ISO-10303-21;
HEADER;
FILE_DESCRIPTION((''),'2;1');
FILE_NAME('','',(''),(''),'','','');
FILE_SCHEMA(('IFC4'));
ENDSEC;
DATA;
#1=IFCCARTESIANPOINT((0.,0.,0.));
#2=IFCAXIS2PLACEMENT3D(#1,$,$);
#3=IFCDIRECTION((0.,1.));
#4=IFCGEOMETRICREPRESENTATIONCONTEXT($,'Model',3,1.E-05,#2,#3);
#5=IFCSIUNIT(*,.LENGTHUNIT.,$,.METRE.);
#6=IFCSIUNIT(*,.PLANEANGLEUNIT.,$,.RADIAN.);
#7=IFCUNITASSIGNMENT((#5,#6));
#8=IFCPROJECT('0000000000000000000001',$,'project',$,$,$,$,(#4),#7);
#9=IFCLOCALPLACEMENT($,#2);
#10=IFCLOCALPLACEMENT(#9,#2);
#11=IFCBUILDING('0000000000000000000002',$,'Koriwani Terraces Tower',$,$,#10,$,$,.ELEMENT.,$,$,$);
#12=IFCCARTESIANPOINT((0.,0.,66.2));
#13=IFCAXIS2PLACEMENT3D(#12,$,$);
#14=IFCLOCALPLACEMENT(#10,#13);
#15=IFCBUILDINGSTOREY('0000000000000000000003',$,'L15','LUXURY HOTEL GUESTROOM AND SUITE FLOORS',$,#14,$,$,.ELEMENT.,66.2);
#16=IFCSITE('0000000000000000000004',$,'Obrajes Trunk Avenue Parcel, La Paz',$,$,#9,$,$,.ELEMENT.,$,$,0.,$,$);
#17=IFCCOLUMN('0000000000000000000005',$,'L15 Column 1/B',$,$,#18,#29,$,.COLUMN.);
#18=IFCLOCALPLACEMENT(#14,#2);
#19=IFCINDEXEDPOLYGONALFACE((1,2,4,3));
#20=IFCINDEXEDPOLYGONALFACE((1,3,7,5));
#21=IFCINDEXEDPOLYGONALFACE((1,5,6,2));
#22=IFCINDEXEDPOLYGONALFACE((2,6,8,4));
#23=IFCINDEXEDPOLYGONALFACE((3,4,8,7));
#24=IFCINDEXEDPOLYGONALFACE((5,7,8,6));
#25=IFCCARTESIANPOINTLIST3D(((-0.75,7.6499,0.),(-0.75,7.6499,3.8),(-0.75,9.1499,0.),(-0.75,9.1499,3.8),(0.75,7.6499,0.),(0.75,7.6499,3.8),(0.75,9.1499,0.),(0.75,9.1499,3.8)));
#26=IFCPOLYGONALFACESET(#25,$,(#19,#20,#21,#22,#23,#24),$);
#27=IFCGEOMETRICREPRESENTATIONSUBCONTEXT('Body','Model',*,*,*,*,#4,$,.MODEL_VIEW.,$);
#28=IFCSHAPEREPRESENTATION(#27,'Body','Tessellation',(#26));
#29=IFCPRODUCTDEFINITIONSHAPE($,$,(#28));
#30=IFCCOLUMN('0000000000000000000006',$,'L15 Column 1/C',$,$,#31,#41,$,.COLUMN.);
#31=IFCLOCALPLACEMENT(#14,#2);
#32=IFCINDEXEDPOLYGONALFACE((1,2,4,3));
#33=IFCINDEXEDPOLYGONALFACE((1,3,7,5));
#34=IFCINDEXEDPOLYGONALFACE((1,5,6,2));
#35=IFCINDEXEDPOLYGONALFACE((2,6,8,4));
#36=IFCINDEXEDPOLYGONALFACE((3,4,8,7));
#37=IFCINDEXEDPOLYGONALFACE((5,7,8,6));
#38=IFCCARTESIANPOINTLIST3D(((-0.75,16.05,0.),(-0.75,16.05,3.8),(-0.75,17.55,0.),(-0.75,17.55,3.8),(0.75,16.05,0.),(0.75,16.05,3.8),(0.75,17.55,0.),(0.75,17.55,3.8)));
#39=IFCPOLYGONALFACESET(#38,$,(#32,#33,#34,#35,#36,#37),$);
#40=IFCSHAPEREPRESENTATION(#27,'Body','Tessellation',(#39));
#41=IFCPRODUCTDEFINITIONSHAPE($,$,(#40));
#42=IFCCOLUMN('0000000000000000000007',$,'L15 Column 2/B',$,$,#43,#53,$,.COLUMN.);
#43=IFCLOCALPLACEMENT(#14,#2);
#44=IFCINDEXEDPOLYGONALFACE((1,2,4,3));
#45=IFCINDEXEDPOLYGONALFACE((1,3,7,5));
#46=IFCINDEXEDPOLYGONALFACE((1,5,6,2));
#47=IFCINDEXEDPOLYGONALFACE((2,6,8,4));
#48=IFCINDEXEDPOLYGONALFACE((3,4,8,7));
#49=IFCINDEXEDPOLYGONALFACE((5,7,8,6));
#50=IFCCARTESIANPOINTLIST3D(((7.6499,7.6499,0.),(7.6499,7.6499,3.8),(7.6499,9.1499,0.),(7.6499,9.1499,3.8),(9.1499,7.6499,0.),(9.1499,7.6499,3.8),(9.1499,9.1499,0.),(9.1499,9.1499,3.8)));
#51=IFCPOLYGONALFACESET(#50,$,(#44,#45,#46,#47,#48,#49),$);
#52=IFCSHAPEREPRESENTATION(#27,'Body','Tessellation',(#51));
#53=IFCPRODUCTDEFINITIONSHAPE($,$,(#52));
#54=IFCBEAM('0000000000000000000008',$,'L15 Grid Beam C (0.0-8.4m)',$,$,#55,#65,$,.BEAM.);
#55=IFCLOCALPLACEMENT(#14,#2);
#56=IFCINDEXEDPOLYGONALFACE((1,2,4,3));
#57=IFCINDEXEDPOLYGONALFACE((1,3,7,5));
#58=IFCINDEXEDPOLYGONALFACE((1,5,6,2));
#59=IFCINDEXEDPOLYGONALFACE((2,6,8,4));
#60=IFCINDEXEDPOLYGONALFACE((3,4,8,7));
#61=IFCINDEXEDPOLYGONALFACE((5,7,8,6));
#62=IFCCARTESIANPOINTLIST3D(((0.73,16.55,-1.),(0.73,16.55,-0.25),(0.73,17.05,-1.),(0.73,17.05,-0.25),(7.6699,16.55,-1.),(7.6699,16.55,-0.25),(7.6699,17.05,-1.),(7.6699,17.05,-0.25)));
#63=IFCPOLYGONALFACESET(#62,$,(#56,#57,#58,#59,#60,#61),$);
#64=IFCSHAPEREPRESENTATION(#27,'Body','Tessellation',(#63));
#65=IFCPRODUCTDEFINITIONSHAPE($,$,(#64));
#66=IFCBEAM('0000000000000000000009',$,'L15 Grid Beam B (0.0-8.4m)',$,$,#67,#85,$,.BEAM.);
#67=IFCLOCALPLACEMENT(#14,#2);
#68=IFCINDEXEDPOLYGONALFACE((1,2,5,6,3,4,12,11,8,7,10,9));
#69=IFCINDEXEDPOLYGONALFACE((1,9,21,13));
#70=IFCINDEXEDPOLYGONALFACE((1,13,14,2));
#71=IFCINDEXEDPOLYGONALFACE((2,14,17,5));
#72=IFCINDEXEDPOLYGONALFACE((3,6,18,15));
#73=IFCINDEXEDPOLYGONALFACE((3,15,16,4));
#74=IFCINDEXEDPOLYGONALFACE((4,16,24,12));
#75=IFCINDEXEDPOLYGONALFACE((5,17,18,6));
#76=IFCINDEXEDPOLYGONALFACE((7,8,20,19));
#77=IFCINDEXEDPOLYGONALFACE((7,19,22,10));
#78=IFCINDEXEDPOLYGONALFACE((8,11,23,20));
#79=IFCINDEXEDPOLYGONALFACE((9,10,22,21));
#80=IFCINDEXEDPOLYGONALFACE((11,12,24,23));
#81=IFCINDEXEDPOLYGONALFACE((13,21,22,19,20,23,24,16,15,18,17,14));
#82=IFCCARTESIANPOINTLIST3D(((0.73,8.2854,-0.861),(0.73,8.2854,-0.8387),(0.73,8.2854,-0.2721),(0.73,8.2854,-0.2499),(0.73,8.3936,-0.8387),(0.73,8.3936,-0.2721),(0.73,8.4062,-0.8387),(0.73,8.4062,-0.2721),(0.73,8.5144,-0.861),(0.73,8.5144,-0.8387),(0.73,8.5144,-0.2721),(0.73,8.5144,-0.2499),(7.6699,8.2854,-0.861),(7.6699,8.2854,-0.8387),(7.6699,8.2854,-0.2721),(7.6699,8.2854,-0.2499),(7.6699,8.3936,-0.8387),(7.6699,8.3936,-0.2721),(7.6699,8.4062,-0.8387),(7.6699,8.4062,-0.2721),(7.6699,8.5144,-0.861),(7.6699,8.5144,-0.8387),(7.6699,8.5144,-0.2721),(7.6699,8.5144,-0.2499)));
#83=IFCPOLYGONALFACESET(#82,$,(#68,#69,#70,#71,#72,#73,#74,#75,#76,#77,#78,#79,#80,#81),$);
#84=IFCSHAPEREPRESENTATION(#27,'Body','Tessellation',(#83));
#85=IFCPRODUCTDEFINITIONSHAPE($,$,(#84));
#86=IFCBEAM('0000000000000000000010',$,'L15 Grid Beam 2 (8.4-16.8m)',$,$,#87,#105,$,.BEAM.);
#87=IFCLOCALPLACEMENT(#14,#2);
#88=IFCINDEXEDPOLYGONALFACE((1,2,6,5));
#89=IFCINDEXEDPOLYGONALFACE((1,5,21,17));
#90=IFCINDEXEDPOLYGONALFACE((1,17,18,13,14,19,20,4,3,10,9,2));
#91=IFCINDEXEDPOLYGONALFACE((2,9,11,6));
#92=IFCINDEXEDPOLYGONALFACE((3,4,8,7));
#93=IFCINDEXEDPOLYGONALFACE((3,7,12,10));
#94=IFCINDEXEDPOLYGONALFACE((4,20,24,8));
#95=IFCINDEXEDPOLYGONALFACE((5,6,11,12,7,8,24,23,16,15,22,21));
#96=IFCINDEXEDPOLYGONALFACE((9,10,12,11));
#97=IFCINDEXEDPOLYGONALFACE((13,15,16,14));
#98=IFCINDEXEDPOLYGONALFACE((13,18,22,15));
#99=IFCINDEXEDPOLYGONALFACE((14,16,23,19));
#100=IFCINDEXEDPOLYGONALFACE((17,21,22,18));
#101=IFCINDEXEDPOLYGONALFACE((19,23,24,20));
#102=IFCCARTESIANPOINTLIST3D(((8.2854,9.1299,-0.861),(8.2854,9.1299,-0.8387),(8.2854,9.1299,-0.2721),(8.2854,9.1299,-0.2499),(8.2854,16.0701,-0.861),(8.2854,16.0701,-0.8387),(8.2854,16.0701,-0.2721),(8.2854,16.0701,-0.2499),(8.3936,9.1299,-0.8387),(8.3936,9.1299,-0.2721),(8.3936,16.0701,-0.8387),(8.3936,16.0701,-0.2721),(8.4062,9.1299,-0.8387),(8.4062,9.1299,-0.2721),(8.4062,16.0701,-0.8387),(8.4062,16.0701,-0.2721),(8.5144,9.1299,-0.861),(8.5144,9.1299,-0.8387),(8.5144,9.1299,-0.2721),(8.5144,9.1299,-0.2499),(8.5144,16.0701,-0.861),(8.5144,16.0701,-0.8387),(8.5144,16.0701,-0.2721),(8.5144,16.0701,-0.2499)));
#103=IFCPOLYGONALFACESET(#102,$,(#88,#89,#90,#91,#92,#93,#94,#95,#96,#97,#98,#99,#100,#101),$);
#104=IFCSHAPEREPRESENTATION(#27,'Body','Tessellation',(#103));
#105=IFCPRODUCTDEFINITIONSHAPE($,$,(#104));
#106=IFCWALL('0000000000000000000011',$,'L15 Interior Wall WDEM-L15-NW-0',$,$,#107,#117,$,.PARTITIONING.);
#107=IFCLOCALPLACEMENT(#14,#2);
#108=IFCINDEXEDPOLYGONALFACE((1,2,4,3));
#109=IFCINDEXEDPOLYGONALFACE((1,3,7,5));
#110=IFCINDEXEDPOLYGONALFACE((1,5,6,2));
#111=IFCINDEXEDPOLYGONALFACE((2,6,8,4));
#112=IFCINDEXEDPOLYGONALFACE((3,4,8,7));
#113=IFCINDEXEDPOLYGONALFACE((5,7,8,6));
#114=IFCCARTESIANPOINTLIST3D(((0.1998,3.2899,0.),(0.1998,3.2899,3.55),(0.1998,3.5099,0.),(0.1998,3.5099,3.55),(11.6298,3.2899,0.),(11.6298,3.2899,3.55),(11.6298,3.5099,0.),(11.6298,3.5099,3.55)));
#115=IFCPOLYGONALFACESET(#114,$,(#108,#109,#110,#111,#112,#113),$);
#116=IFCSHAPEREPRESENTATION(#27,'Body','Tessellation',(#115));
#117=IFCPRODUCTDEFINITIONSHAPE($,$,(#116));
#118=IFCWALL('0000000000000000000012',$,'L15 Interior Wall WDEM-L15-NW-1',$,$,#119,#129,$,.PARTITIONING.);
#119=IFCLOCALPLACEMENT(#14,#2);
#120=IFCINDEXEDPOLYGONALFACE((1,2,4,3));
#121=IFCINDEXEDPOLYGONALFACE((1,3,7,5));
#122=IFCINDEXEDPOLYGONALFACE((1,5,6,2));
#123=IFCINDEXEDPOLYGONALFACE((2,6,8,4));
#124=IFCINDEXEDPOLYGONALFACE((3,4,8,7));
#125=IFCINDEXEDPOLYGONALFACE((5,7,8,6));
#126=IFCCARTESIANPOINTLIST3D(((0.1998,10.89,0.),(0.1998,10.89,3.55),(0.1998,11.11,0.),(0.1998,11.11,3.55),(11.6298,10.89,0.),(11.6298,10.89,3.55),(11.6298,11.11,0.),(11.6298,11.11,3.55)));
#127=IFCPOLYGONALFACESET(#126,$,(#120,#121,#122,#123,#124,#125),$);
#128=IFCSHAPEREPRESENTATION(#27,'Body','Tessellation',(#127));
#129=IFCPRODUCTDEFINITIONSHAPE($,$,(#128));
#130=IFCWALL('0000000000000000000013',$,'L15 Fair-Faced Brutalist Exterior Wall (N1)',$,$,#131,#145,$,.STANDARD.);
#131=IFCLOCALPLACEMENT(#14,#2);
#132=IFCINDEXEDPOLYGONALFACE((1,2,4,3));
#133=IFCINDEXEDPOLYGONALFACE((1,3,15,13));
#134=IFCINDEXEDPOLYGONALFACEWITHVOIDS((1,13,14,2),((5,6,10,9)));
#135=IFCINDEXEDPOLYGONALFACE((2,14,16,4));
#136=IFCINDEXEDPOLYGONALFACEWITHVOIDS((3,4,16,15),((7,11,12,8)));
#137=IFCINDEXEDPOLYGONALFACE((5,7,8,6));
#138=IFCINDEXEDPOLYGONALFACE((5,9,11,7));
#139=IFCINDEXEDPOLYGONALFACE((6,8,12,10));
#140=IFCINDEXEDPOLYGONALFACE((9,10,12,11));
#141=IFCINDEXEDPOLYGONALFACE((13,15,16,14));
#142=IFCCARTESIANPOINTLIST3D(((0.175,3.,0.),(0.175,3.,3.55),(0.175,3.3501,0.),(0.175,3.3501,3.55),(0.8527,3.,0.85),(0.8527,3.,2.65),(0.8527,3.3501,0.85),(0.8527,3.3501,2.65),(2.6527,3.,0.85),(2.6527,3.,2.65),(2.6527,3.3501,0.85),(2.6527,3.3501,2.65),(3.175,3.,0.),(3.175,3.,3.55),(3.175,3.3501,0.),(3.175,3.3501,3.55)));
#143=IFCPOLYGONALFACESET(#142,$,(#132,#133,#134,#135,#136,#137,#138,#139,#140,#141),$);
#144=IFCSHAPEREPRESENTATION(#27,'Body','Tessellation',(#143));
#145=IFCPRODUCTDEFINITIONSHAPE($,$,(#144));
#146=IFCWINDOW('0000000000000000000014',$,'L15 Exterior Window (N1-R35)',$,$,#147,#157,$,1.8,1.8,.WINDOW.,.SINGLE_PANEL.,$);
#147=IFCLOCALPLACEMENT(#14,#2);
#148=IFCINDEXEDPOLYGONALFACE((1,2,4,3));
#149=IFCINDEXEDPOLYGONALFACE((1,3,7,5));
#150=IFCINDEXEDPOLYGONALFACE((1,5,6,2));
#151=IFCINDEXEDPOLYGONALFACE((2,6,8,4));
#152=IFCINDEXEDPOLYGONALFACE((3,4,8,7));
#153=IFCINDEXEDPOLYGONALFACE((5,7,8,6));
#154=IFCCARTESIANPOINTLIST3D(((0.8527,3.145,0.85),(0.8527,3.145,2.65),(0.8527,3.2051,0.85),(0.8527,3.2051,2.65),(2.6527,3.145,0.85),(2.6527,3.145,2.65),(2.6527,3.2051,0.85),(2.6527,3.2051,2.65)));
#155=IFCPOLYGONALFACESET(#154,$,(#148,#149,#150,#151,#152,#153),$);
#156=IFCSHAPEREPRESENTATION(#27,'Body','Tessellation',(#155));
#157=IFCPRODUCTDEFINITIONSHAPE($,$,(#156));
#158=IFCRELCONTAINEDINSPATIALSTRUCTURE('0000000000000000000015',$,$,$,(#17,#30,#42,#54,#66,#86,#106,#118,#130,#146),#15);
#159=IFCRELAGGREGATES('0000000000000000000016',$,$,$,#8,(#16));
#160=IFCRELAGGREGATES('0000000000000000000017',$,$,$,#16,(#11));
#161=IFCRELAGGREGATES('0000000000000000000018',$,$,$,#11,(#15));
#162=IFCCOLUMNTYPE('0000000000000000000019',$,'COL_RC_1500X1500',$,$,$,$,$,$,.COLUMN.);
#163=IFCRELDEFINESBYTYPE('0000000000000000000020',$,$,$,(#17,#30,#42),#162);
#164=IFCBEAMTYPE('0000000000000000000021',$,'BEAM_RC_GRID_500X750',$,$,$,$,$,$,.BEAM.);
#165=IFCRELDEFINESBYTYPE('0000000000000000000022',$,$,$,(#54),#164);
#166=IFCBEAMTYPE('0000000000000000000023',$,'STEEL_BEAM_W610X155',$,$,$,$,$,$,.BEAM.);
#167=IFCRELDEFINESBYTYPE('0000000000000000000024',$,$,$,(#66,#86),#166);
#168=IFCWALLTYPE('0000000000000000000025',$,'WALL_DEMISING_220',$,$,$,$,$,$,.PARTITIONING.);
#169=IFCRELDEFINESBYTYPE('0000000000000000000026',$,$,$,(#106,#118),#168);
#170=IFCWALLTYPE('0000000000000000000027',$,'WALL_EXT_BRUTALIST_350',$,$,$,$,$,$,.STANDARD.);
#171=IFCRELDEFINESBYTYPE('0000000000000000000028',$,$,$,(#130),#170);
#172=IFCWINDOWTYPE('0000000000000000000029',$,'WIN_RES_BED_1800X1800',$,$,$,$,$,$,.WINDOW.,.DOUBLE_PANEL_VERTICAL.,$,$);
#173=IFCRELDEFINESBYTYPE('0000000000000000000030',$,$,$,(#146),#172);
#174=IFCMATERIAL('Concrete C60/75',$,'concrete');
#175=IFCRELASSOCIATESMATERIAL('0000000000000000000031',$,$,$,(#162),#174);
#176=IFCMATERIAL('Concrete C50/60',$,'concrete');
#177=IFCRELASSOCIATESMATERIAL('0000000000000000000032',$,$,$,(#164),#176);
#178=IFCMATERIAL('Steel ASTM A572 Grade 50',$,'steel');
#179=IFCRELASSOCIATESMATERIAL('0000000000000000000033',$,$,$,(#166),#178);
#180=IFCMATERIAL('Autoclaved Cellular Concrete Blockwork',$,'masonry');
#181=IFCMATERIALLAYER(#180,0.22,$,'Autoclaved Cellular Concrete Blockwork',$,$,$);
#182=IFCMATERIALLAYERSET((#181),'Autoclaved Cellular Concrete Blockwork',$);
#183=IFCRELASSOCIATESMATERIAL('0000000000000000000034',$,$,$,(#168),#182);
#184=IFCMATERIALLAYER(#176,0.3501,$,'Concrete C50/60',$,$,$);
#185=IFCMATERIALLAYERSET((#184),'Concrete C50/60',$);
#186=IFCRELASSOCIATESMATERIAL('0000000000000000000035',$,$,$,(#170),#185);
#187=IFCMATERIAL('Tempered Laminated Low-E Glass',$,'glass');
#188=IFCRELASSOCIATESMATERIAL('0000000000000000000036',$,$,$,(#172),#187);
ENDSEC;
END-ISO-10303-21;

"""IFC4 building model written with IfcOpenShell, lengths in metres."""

from ifc_helpers import new_model, si_unit, direction, frame, frame_2d, origin, origin_2d, place, context, subcontext, project, spatial, rectangle, i_section, extrude, material, layer, layer_set, material_profile, profile_set, type_object, element, fill, save


model = new_model("IFC4")

# Units and contexts
model_context = context("Model", 3, precision=1e-05, world=origin(), true_north=direction((0.0, 1.0)))
body_context = subcontext(model_context, "Body", "Model", "MODEL_VIEW")
ifc_project = project(units=[si_unit("LENGTHUNIT", "METRE"), si_unit("PLANEANGLEUNIT", "RADIAN")], contexts=[model_context])

# Site, building, storey
site_placement = place(None, origin())
site = spatial("IfcSite", under=ifc_project, at=site_placement, Name="Obrajes Trunk Avenue Parcel, La Paz", CompositionType="ELEMENT", RefElevation=0.0)
building_placement = place(site_placement, origin())
building = spatial("IfcBuilding", under=site, at=building_placement, Name="Koriwani Terraces Tower", CompositionType="ELEMENT")
storey_placement = place(building_placement, frame((0.0, 0.0, 66.2)))
storey = spatial("IfcBuildingStorey", under=building, at=storey_placement, Name="L15", Description="LUXURY HOTEL GUESTROOM AND SUITE FLOORS", CompositionType="ELEMENT", Elevation=66.2)

# Columns
ifc_material_1 = material(Name="Concrete C60/75", Category="concrete")
ifc_material_profile_1 = material_profile(ifc_material_1, rectangle(XDim=1.5, YDim=1.5, at=origin_2d()), Name="Concrete C60/75", Category="LoadBearing")
ifc_profile_set_1 = profile_set([ifc_material_profile_1], Name="Concrete C60/75")
column_type = type_object("IfcColumnType", Name="COL_RC_1500X1500", PredefinedType="COLUMN", material=ifc_profile_set_1)
for number, where, z_axis, x_axis, name in (
    (1, (0.0, 8.3999, 0.0), (0.0, 0.0, 1.0), (1.0, 0.0, 0.0), "L15 Column 1/B"),
    (2, (0.0, 16.8, 0.0), (0.0, 0.0, 1.0), (1.0, 0.0, 0.0), "L15 Column 1/C"),
    (3, (8.3999, 8.3999, 0.0), (0.0, 0.0, 1.0), (1.0, 0.0, 0.0), "L15 Column 2/B"),
):
    element("IfcColumn", number, at=place(storey_placement, frame(where, z_axis=z_axis, x_axis=x_axis)), inside=storey, type_object=column_type, Name=name, PredefinedType="COLUMN", context=body_context, shape_type="SweptSolid", body=[
        extrude(rectangle(XDim=1.5, YDim=1.5, at=origin_2d()), origin(), (0.0, 0.0, 1.0), 3.8),
    ])

# Beams
ifc_material_2 = material(Name="Concrete C50/60", Category="concrete")
ifc_material_profile_2 = material_profile(ifc_material_2, rectangle(XDim=0.5, YDim=0.75, at=origin_2d()), Name="Concrete C50/60", Category="LoadBearing")
ifc_profile_set_2 = profile_set([ifc_material_profile_2], Name="Concrete C50/60")
beam_type_1 = type_object("IfcBeamType", Name="BEAM_RC_GRID_500X750", PredefinedType="BEAM", material=ifc_profile_set_2)
beam_1_placement = place(storey_placement, frame((0.73, 16.8, -0.625), z_axis=(1.0, 0.0, 0.0), x_axis=(0.0, 1.0, 0.0)))
element("IfcBeam", 4, at=beam_1_placement, inside=storey, type_object=beam_type_1, Name="L15 Grid Beam C (0.0-8.4m)", PredefinedType="BEAM", context=body_context, shape_type="SweptSolid", body=[
    extrude(rectangle(XDim=0.5, YDim=0.75, at=origin_2d()), origin(), (0.0, 0.0, 1.0), 6.9399),
])
ifc_material_3 = material(Name="Steel ASTM A572 Grade 50", Category="steel")
ifc_material_profile_3 = material_profile(ifc_material_3, i_section(OverallWidth=0.229, OverallDepth=0.6111, WebThickness=0.0127, FlangeThickness=0.0222, at=origin_2d()), Name="Steel ASTM A572 Grade 50", Category="LoadBearing")
ifc_profile_set_3 = profile_set([ifc_material_profile_3], Name="Steel ASTM A572 Grade 50")
beam_type_2 = type_object("IfcBeamType", Name="STEEL_BEAM_W610X155", PredefinedType="BEAM", material=ifc_profile_set_3)
beam_2_placement = place(storey_placement, frame((0.73, 8.3999, -0.5554), z_axis=(1.0, 0.0, 0.0), x_axis=(0.0, 1.0, 0.0)))
element("IfcBeam", 5, at=beam_2_placement, inside=storey, type_object=beam_type_2, Name="L15 Grid Beam B (0.0-8.4m)", PredefinedType="BEAM", context=body_context, shape_type="SweptSolid", body=[
    extrude(i_section(OverallWidth=0.229, OverallDepth=0.6111, WebThickness=0.0127, FlangeThickness=0.0222, at=origin_2d()), origin(), (0.0, 0.0, 1.0), 6.9399),
])
beam_3_placement = place(storey_placement, frame((8.3999, 9.1299, -0.5554), z_axis=(0.0, 1.0, 0.0), x_axis=(-1.0, 0.0, 0.0)))
element("IfcBeam", 6, at=beam_3_placement, inside=storey, type_object=beam_type_2, Name="L15 Grid Beam 2 (8.4-16.8m)", PredefinedType="BEAM", context=body_context, shape_type="SweptSolid", body=[
    extrude(i_section(OverallWidth=0.229, OverallDepth=0.6111, WebThickness=0.0127, FlangeThickness=0.0222, at=origin_2d()), origin(), (0.0, 0.0, 1.0), 6.9402),
])

# Walls
ifc_material_4 = material(Name="Autoclaved Cellular Concrete Blockwork", Category="masonry")
ifc_layer_1 = layer(ifc_material_4, 0.22, Name="Autoclaved Cellular Concrete Blockwork")
ifc_layer_set_1 = layer_set([ifc_layer_1], Name="Autoclaved Cellular Concrete Blockwork")
wall_type_1 = type_object("IfcWallType", Name="WALL_DEMISING_220", PredefinedType="PARTITIONING", material=ifc_layer_set_1)
for number, where, z_axis, x_axis, name in (
    (7, (0.2, 3.3999, 0.0), (0.0, 0.0, 1.0), (1.0, 0.0, 0.0), "L15 Interior Wall WDEM-L15-NW-0"),
    (8, (0.2, 11.0, 0.0), (0.0, 0.0, 1.0), (1.0, 0.0, 0.0), "L15 Interior Wall WDEM-L15-NW-1"),
):
    element("IfcWall", number, at=place(storey_placement, frame(where, z_axis=z_axis, x_axis=x_axis)), inside=storey, type_object=wall_type_1, Name=name, PredefinedType="PARTITIONING", context=body_context, shape_type="SweptSolid", body=[
        extrude(rectangle(XDim=11.4299, YDim=0.22, at=frame_2d((5.7148, 0.0))), origin(), (0.0, 0.0, 1.0), 3.55),
    ])

# Wall, opening, window
ifc_layer_2 = layer(ifc_material_2, 0.3501, Name="Concrete C50/60")
ifc_layer_set_2 = layer_set([ifc_layer_2], Name="Concrete C50/60")
wall_type_2 = type_object("IfcWallType", Name="WALL_EXT_BRUTALIST_350", PredefinedType="STANDARD", material=ifc_layer_set_2)
wall_1_placement = place(storey_placement, frame((3.175, 3.175, 0.0), z_axis=(0.0, 0.0, 1.0), x_axis=(-1.0, 0.0, 0.0)))
wall_1 = element("IfcWall", 9, at=wall_1_placement, inside=storey, type_object=wall_type_2, Name="L15 Fair-Faced Brutalist Exterior Wall (N1)", PredefinedType="STANDARD", context=body_context, shape_type="SweptSolid", body=[
    extrude(rectangle(XDim=3.0, YDim=0.3501, at=frame_2d((1.5, 0.0))), origin(), (0.0, 0.0, 1.0), 3.55),
])
opening_1_placement = place(wall_1_placement, frame((0.5225, 0.0, 0.8501)))
opening_1 = element("IfcOpeningElement", 10, at=opening_1_placement, cuts=wall_1, PredefinedType="OPENING", context=body_context, shape_type="SweptSolid", body=[
    extrude(rectangle(XDim=1.8, YDim=1.8, at=frame_2d((0.8999, 0.8999))), frame((0.0, 0.1851, 0.0), z_axis=(0.0, -1.0, 0.0), x_axis=(1.0, 0.0, 0.0)), (0.0, 0.0, 1.0), 0.3701),
])
ifc_material_5 = material(Name="Tempered Laminated Low-E Glass", Category="glass")
window_type_1 = type_object("IfcWindowType", Name="WIN_RES_BED_1800X1800", PartitioningType="DOUBLE_PANEL_VERTICAL", PredefinedType="WINDOW", material=ifc_material_5)
window_1_placement = place(opening_1_placement, origin())
window_1 = element("IfcWindow", 11, at=window_1_placement, inside=storey, type_object=window_type_1, Name="L15 Exterior Window (N1-R35)", OverallHeight=1.8, OverallWidth=1.8, PartitioningType="SINGLE_PANEL", PredefinedType="WINDOW", context=body_context, shape_type="SweptSolid", body=[
    extrude(rectangle(XDim=1.8, YDim=1.8, at=frame_2d((0.8999, 0.8999))), frame((0.0, 0.03, 0.0), z_axis=(0.0, -1.0, 0.0), x_axis=(1.0, 0.0, 0.0)), (0.0, 0.0, 1.0), 0.0601),
])
fill(opening_1, window_1)

save(model, "model.ifc")
